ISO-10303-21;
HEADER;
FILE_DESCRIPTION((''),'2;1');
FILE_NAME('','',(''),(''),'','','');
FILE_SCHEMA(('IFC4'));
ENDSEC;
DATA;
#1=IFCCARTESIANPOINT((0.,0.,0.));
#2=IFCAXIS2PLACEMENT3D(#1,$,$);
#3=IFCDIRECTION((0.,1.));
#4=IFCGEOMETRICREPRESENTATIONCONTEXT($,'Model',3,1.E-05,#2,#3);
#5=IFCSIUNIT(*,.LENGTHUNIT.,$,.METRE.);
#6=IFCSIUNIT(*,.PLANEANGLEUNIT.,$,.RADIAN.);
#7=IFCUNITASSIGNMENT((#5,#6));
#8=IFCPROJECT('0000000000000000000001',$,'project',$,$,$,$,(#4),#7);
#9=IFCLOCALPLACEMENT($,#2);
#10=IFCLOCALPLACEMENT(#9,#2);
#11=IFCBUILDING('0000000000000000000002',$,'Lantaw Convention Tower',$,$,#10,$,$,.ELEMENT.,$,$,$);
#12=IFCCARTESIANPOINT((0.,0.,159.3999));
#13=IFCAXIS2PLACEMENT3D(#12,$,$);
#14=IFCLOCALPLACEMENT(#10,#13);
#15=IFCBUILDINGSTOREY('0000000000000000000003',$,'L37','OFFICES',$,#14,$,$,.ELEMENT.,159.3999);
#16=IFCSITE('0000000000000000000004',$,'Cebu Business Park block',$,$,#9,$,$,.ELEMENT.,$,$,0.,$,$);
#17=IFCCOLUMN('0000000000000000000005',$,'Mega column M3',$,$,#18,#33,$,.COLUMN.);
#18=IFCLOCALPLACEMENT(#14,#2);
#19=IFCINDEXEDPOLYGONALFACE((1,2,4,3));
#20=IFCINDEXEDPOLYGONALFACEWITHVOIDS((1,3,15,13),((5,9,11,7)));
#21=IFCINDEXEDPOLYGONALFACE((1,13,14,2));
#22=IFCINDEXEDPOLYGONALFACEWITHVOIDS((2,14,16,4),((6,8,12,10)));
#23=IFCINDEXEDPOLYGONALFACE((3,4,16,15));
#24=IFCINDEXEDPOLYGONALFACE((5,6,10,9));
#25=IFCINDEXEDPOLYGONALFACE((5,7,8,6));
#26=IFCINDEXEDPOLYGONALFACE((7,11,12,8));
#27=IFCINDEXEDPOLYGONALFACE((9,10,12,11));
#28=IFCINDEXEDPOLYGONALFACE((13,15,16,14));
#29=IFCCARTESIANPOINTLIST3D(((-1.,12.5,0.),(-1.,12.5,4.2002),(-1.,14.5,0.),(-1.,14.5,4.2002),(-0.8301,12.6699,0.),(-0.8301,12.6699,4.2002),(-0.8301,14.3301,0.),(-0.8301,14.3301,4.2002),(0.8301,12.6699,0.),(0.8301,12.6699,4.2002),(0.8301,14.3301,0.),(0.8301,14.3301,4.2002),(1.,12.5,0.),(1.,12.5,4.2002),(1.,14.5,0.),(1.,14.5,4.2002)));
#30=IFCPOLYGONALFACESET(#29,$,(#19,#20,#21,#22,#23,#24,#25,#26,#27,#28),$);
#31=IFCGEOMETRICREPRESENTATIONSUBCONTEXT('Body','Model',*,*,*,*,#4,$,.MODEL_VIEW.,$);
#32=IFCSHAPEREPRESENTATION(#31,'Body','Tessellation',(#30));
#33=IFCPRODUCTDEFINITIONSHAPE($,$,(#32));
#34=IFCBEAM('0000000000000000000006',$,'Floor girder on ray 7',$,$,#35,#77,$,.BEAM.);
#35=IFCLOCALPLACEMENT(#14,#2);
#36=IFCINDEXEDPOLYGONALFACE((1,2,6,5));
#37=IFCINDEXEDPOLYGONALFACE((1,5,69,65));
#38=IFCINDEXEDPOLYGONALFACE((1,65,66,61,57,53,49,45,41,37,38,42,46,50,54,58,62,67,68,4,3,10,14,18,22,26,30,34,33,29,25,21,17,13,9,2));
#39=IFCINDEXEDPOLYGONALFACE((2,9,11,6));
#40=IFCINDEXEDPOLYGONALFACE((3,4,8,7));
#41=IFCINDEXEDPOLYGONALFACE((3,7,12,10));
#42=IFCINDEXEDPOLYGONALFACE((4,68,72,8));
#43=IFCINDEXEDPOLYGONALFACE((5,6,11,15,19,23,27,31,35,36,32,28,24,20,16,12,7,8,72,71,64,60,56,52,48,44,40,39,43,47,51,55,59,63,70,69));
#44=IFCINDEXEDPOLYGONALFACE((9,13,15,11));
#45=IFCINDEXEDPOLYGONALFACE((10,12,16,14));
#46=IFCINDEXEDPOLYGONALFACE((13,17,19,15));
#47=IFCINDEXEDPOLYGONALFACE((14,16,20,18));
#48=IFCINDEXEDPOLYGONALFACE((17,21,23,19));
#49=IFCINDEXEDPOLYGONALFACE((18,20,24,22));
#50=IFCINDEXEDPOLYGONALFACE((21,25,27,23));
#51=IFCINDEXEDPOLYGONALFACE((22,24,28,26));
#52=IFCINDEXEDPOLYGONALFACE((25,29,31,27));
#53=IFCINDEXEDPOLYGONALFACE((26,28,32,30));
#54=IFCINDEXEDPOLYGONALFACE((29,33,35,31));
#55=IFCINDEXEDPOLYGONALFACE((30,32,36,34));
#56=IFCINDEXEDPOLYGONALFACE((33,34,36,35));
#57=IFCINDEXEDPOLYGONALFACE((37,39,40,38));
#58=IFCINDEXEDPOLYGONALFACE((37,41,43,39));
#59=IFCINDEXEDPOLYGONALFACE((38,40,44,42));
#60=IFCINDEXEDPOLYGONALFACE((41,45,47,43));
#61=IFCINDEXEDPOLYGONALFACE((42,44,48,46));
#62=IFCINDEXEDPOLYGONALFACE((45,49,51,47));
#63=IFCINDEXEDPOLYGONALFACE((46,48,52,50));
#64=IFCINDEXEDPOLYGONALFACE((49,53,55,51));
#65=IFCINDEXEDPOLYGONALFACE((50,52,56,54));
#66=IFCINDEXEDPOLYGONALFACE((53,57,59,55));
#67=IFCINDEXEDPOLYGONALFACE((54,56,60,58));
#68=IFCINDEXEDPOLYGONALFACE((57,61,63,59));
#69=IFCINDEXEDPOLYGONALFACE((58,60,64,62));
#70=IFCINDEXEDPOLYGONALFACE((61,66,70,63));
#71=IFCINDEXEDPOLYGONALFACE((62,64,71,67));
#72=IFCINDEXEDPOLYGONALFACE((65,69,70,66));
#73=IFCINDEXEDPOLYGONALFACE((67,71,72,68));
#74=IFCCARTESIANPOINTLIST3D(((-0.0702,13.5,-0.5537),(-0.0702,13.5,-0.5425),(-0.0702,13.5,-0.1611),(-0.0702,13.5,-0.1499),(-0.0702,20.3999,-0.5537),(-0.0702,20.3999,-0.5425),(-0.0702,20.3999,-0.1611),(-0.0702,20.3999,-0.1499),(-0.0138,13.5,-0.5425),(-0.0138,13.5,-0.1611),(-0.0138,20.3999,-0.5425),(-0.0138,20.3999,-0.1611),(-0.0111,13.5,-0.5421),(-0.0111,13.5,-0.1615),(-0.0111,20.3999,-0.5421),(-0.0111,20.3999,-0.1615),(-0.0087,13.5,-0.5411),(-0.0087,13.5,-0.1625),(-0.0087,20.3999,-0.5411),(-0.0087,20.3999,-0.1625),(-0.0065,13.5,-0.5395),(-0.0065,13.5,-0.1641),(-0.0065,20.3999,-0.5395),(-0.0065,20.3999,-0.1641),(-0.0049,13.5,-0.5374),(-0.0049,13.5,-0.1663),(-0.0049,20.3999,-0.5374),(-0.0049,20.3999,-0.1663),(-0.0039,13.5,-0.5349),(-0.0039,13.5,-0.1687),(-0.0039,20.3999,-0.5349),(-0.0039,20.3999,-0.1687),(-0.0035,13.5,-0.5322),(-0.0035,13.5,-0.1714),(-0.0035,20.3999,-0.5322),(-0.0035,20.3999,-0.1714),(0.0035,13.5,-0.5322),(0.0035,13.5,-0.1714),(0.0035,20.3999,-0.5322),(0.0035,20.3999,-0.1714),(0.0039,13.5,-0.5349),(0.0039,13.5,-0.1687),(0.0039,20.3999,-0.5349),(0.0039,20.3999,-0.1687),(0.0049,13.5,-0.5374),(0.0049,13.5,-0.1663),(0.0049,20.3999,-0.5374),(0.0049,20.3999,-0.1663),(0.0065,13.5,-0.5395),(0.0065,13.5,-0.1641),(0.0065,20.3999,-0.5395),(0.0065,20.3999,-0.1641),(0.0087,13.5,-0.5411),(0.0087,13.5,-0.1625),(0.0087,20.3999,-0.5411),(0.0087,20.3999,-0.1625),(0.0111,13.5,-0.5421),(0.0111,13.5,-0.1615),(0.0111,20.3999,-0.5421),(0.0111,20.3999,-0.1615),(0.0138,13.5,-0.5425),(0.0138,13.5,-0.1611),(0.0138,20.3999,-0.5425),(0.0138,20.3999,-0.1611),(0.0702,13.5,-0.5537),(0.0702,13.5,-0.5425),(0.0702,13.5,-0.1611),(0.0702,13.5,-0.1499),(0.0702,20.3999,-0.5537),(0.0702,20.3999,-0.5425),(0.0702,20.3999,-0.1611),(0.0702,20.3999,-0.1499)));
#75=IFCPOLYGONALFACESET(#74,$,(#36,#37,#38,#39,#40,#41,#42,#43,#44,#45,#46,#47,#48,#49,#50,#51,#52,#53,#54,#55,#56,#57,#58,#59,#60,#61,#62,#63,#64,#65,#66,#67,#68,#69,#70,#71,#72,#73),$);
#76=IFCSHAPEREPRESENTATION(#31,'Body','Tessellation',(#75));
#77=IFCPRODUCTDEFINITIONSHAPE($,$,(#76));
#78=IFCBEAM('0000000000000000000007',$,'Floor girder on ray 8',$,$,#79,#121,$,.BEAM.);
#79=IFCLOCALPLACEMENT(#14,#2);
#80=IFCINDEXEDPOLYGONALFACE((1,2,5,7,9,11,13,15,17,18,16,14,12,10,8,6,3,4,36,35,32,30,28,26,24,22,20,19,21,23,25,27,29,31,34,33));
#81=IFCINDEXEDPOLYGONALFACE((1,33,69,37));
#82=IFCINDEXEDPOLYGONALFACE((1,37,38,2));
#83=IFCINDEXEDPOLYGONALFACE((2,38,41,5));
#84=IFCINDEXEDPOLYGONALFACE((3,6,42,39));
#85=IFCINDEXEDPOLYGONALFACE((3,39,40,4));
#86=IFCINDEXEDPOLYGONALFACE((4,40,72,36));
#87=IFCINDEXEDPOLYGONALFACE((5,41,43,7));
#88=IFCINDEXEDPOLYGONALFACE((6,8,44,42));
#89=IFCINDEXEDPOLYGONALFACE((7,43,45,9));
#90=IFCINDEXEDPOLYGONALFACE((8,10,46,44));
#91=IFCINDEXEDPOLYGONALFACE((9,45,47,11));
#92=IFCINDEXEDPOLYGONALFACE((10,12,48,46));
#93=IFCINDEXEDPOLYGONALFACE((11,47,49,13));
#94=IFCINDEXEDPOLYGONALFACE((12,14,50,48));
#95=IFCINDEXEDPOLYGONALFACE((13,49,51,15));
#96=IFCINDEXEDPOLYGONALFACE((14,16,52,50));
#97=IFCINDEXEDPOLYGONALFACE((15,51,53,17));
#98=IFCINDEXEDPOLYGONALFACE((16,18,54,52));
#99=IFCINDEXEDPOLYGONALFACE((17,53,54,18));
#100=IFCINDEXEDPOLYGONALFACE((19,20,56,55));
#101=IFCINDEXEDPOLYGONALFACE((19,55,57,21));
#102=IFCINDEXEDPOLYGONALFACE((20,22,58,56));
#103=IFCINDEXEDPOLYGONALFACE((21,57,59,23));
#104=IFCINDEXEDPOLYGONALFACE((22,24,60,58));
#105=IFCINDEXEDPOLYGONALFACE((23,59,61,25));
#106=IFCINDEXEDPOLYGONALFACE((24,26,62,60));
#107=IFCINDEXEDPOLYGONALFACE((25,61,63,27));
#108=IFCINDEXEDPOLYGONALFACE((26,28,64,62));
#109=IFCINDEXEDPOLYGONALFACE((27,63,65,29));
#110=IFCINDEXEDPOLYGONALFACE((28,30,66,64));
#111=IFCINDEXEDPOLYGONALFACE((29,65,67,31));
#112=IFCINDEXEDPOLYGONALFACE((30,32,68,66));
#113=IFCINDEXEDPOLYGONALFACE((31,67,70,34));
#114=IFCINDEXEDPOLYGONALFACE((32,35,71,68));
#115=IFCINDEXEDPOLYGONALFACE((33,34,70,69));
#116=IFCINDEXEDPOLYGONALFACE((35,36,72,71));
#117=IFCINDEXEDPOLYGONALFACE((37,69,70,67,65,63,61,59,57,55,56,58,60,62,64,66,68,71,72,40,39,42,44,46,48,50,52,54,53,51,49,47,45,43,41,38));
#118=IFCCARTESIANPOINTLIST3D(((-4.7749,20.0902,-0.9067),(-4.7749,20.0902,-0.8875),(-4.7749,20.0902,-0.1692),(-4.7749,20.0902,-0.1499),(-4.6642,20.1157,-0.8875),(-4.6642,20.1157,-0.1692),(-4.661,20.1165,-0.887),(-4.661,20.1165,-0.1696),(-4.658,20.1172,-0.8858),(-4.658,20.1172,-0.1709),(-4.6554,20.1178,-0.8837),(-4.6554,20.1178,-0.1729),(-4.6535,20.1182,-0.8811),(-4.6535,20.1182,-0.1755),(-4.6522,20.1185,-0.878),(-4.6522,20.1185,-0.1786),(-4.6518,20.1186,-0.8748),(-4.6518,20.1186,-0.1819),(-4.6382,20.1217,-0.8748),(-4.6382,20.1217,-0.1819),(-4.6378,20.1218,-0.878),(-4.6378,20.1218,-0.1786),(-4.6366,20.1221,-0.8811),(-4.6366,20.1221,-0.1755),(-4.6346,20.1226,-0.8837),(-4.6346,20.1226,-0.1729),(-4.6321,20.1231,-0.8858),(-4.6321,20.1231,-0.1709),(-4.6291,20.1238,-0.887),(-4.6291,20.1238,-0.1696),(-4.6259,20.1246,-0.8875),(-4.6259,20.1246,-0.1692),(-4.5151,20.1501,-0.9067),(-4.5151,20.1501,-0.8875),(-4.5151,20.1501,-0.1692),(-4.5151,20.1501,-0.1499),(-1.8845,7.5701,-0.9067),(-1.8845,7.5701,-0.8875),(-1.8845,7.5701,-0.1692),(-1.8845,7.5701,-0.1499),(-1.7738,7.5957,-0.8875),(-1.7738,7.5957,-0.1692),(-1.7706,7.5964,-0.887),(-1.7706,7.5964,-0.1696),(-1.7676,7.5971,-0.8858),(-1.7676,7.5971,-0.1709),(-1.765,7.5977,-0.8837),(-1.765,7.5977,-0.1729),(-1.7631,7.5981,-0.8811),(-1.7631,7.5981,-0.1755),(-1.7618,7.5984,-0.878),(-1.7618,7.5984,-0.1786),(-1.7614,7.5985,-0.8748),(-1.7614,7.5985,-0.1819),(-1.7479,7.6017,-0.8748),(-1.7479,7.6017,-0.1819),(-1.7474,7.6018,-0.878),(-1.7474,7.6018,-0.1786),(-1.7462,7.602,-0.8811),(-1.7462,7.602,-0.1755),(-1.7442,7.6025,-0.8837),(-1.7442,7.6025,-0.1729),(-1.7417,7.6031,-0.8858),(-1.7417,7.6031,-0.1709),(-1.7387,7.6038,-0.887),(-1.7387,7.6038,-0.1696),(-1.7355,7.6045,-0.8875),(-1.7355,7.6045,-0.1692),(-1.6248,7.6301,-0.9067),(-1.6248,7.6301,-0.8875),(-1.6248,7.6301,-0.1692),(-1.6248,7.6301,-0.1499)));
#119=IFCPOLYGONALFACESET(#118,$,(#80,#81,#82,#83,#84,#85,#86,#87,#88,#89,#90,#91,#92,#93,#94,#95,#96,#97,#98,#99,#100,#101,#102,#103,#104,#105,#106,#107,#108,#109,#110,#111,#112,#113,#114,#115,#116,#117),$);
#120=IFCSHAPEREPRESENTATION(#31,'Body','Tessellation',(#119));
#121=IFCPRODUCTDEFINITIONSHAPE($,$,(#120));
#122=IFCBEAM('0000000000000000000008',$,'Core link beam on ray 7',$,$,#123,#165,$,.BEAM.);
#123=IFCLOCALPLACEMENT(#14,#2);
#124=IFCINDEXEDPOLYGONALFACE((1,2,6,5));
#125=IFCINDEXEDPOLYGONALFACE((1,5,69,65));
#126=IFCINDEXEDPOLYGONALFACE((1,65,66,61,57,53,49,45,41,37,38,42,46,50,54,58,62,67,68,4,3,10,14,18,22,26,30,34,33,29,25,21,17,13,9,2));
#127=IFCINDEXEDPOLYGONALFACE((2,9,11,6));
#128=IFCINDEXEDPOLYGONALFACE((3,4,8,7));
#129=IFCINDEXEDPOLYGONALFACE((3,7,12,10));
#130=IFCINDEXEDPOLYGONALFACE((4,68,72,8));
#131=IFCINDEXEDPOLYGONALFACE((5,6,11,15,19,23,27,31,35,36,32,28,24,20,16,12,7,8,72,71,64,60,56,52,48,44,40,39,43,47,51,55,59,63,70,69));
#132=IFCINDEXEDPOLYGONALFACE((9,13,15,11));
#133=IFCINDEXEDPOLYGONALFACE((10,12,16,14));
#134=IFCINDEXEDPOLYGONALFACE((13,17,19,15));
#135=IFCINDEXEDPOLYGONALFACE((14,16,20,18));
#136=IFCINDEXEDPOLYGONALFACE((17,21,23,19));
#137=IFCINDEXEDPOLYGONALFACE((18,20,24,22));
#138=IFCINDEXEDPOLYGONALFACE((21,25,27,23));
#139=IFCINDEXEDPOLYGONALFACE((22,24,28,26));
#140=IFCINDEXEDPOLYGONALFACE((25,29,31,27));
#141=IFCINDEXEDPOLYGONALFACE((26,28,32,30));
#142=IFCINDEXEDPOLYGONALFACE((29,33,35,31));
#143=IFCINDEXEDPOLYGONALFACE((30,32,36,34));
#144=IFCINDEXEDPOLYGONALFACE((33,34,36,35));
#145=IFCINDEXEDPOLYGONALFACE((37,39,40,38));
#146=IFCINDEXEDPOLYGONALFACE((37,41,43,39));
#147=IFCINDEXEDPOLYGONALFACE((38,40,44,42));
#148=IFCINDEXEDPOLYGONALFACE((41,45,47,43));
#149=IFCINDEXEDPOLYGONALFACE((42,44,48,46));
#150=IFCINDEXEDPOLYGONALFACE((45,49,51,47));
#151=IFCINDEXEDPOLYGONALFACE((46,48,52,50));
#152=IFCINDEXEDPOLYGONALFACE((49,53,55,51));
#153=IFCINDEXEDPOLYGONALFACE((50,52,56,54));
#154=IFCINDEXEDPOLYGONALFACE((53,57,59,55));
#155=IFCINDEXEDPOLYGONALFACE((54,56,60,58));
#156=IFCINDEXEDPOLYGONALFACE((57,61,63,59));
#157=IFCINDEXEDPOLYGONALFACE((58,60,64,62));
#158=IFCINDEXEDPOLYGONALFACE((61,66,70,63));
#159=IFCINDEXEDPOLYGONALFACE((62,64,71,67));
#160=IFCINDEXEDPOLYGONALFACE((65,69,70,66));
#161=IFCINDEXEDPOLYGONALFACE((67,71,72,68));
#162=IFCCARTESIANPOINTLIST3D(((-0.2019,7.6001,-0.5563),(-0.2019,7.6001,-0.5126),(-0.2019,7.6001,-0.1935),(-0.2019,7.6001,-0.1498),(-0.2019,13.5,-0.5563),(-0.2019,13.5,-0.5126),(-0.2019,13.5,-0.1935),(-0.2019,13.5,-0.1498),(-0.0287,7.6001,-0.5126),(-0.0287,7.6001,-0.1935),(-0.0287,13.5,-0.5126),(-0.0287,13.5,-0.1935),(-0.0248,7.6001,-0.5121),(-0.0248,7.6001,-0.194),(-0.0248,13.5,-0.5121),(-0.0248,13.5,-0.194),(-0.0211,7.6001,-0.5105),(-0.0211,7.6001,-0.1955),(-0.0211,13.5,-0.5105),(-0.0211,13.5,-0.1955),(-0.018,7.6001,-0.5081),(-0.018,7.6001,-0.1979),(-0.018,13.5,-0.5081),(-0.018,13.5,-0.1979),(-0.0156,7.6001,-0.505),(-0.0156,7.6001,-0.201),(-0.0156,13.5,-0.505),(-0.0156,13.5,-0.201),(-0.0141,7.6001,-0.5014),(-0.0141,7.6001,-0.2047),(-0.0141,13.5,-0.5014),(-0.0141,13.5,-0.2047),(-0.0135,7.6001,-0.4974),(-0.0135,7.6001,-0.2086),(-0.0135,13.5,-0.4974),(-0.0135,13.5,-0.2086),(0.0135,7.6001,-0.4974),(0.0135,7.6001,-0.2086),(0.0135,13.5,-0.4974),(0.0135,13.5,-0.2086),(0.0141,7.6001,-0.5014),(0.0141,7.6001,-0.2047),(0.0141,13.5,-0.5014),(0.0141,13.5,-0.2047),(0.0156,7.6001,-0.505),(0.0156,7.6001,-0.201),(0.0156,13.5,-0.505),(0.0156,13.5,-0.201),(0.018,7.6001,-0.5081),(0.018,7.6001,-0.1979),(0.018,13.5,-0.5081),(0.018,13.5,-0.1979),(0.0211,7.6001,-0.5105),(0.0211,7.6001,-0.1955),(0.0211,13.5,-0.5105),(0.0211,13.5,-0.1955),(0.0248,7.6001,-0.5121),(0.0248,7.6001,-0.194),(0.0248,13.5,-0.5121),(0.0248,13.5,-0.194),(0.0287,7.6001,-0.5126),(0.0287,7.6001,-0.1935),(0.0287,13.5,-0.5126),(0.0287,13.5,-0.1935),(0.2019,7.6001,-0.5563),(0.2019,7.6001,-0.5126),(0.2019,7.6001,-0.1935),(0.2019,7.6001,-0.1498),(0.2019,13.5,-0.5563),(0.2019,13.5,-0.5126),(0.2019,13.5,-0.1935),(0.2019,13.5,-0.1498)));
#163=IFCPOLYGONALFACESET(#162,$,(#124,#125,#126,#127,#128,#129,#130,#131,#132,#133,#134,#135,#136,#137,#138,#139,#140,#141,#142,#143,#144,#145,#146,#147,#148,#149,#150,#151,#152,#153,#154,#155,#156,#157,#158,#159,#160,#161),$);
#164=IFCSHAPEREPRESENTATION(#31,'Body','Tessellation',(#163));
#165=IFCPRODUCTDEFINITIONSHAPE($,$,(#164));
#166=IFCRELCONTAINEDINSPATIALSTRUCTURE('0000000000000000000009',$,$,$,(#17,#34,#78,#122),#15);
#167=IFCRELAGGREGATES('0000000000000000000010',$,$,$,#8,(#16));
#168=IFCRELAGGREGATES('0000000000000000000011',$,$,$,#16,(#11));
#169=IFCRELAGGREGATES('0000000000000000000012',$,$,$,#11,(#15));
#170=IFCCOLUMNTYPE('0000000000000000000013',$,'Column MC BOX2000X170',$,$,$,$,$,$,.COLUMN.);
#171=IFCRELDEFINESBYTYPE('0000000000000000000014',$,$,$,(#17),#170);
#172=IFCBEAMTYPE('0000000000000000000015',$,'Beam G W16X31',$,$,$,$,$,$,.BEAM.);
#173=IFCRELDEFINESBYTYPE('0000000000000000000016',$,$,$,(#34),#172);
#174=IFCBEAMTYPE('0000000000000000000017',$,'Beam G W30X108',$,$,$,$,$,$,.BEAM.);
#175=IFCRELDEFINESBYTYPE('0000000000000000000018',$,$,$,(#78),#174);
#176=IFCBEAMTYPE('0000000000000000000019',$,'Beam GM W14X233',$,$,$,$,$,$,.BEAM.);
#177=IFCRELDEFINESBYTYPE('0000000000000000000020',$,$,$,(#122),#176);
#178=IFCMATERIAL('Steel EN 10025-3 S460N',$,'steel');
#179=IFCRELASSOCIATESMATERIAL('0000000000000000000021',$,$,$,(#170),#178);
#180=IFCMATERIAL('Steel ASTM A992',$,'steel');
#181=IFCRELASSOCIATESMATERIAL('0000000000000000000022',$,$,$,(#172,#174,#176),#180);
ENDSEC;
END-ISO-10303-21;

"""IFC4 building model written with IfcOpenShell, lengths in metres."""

from ifc_helpers import new_model, si_unit, direction, frame, origin, origin_2d, place, context, subcontext, project, spatial, rectangle, hollow_rectangle, i_section, extrude, material, material_profile, profile_set, type_object, element, save


model = new_model("IFC4")

# Units and contexts
model_context = context("Model", 3, precision=1e-05, world=origin(), true_north=direction((0.0, 1.0)))
body_context = subcontext(model_context, "Body", "Model", "MODEL_VIEW")
ifc_project = project(units=[si_unit("LENGTHUNIT", "METRE"), si_unit("PLANEANGLEUNIT", "RADIAN")], contexts=[model_context])

# Site, building, storey
site_placement = place(None, origin())
site = spatial("IfcSite", under=ifc_project, at=site_placement, Name="Cebu Business Park block", CompositionType="ELEMENT", RefElevation=0.0)
building_placement = place(site_placement, origin())
building = spatial("IfcBuilding", under=site, at=building_placement, Name="Lantaw Convention Tower", CompositionType="ELEMENT")
storey_placement = place(building_placement, frame((0.0, 0.0, 159.3999)))
storey = spatial("IfcBuildingStorey", under=building, at=storey_placement, Name="L37", Description="OFFICES", CompositionType="ELEMENT", Elevation=159.3999)

# Column
ifc_material_1 = material(Name="Steel EN 10025-3 S460N", Category="steel")
ifc_material_profile_1 = material_profile(ifc_material_1, hollow_rectangle(XDim=2.0, YDim=2.0, WallThickness=0.1699, at=origin_2d()), Name="BOX2000X170")
ifc_material_2 = material(Name="Concrete C60/75", Category="concrete")
ifc_material_profile_2 = material_profile(ifc_material_2, rectangle(XDim=1.6599, YDim=1.6599, at=origin_2d()), Name="Concrete fill of BOX2000X170")
ifc_profile_set_1 = profile_set([ifc_material_profile_1, ifc_material_profile_2], Name="Steel EN 10025-3 S460N")
column_type = type_object("IfcColumnType", Name="Column MC BOX2000X170", PredefinedType="COLUMN", material=ifc_profile_set_1)
column_placement = place(storey_placement, frame((0.0, 13.5, 0.0), z_axis=(0.0, 0.0, 1.0), x_axis=(1.0, 0.0, 0.0)))
element("IfcColumn", 1, at=column_placement, inside=storey, type_object=column_type, Name="Mega column M3", PredefinedType="COLUMN", context=body_context, shape_type="SweptSolid", body=[
    extrude(hollow_rectangle(XDim=2.0, YDim=2.0, WallThickness=0.1699, at=origin_2d()), origin(), (0.0, 0.0, 1.0), 4.2002),
])

# Beams
ifc_material_3 = material(Name="Steel ASTM A992", Category="steel")
ifc_material_profile_3 = material_profile(ifc_material_3, i_section(OverallWidth=0.1404, OverallDepth=0.4038, WebThickness=0.0071, FlangeThickness=0.0112, FilletRadius=0.0103, at=origin_2d()), Name="W16X31")
ifc_profile_set_2 = profile_set([ifc_material_profile_3], Name="Steel ASTM A992")
beam_type_1 = type_object("IfcBeamType", Name="Beam G W16X31", PredefinedType="BEAM", material=ifc_profile_set_2)
beam_1_placement = place(storey_placement, frame((0.0, 13.5, -0.3518), z_axis=(0.0, 1.0, 0.0), x_axis=(-1.0, 0.0, 0.0)))
element("IfcBeam", 2, at=beam_1_placement, inside=storey, type_object=beam_type_1, Name="Floor girder on ray 7", PredefinedType="BEAM", context=body_context, shape_type="SweptSolid", body=[
    extrude(i_section(OverallWidth=0.1404, OverallDepth=0.4038, WebThickness=0.0071, FlangeThickness=0.0112, FilletRadius=0.0103, at=origin_2d()), origin(), (0.0, 0.0, 1.0), 6.8999),
])
ifc_material_profile_4 = material_profile(ifc_material_3, i_section(OverallWidth=0.2666, OverallDepth=0.7568, WebThickness=0.0139, FlangeThickness=0.0193, FilletRadius=0.0127, at=origin_2d()), Name="W30X108")
ifc_profile_set_3 = profile_set([ifc_material_profile_4], Name="Steel ASTM A992")
beam_type_2 = type_object("IfcBeamType", Name="Beam G W30X108", PredefinedType="BEAM", material=ifc_profile_set_3)
beam_2_placement = place(storey_placement, frame((-1.7546, 7.6001, -0.5283), z_axis=(-0.224944, 0.974372, 0.0), x_axis=(-0.974372, -0.224944, 0.0)))
element("IfcBeam", 3, at=beam_2_placement, inside=storey, type_object=beam_type_2, Name="Floor girder on ray 8", PredefinedType="BEAM", context=body_context, shape_type="SweptSolid", body=[
    extrude(i_section(OverallWidth=0.2666, OverallDepth=0.7568, WebThickness=0.0139, FlangeThickness=0.0193, FilletRadius=0.0127, at=origin_2d()), origin(), (0.0, 0.0, 1.0), 12.8494),
])
ifc_material_profile_5 = material_profile(ifc_material_3, i_section(OverallWidth=0.4038, OverallDepth=0.4065, WebThickness=0.0271, FlangeThickness=0.0437, FilletRadius=0.0151, at=origin_2d()), Name="W14X233")
ifc_profile_set_4 = profile_set([ifc_material_profile_5], Name="Steel ASTM A992")
beam_type_3 = type_object("IfcBeamType", Name="Beam GM W14X233", PredefinedType="BEAM", material=ifc_profile_set_4)
beam_3_placement = place(storey_placement, frame((0.0, 7.6001, -0.353), z_axis=(0.0, 1.0, 0.0), x_axis=(-1.0, 0.0, 0.0)))
element("IfcBeam", 4, at=beam_3_placement, inside=storey, type_object=beam_type_3, Name="Core link beam on ray 7", PredefinedType="BEAM", context=body_context, shape_type="SweptSolid", body=[
    extrude(i_section(OverallWidth=0.4038, OverallDepth=0.4065, WebThickness=0.0271, FlangeThickness=0.0437, FilletRadius=0.0151, at=origin_2d()), origin(), (0.0, 0.0, 1.0), 5.8999),
])

save(model, "model.ifc")
